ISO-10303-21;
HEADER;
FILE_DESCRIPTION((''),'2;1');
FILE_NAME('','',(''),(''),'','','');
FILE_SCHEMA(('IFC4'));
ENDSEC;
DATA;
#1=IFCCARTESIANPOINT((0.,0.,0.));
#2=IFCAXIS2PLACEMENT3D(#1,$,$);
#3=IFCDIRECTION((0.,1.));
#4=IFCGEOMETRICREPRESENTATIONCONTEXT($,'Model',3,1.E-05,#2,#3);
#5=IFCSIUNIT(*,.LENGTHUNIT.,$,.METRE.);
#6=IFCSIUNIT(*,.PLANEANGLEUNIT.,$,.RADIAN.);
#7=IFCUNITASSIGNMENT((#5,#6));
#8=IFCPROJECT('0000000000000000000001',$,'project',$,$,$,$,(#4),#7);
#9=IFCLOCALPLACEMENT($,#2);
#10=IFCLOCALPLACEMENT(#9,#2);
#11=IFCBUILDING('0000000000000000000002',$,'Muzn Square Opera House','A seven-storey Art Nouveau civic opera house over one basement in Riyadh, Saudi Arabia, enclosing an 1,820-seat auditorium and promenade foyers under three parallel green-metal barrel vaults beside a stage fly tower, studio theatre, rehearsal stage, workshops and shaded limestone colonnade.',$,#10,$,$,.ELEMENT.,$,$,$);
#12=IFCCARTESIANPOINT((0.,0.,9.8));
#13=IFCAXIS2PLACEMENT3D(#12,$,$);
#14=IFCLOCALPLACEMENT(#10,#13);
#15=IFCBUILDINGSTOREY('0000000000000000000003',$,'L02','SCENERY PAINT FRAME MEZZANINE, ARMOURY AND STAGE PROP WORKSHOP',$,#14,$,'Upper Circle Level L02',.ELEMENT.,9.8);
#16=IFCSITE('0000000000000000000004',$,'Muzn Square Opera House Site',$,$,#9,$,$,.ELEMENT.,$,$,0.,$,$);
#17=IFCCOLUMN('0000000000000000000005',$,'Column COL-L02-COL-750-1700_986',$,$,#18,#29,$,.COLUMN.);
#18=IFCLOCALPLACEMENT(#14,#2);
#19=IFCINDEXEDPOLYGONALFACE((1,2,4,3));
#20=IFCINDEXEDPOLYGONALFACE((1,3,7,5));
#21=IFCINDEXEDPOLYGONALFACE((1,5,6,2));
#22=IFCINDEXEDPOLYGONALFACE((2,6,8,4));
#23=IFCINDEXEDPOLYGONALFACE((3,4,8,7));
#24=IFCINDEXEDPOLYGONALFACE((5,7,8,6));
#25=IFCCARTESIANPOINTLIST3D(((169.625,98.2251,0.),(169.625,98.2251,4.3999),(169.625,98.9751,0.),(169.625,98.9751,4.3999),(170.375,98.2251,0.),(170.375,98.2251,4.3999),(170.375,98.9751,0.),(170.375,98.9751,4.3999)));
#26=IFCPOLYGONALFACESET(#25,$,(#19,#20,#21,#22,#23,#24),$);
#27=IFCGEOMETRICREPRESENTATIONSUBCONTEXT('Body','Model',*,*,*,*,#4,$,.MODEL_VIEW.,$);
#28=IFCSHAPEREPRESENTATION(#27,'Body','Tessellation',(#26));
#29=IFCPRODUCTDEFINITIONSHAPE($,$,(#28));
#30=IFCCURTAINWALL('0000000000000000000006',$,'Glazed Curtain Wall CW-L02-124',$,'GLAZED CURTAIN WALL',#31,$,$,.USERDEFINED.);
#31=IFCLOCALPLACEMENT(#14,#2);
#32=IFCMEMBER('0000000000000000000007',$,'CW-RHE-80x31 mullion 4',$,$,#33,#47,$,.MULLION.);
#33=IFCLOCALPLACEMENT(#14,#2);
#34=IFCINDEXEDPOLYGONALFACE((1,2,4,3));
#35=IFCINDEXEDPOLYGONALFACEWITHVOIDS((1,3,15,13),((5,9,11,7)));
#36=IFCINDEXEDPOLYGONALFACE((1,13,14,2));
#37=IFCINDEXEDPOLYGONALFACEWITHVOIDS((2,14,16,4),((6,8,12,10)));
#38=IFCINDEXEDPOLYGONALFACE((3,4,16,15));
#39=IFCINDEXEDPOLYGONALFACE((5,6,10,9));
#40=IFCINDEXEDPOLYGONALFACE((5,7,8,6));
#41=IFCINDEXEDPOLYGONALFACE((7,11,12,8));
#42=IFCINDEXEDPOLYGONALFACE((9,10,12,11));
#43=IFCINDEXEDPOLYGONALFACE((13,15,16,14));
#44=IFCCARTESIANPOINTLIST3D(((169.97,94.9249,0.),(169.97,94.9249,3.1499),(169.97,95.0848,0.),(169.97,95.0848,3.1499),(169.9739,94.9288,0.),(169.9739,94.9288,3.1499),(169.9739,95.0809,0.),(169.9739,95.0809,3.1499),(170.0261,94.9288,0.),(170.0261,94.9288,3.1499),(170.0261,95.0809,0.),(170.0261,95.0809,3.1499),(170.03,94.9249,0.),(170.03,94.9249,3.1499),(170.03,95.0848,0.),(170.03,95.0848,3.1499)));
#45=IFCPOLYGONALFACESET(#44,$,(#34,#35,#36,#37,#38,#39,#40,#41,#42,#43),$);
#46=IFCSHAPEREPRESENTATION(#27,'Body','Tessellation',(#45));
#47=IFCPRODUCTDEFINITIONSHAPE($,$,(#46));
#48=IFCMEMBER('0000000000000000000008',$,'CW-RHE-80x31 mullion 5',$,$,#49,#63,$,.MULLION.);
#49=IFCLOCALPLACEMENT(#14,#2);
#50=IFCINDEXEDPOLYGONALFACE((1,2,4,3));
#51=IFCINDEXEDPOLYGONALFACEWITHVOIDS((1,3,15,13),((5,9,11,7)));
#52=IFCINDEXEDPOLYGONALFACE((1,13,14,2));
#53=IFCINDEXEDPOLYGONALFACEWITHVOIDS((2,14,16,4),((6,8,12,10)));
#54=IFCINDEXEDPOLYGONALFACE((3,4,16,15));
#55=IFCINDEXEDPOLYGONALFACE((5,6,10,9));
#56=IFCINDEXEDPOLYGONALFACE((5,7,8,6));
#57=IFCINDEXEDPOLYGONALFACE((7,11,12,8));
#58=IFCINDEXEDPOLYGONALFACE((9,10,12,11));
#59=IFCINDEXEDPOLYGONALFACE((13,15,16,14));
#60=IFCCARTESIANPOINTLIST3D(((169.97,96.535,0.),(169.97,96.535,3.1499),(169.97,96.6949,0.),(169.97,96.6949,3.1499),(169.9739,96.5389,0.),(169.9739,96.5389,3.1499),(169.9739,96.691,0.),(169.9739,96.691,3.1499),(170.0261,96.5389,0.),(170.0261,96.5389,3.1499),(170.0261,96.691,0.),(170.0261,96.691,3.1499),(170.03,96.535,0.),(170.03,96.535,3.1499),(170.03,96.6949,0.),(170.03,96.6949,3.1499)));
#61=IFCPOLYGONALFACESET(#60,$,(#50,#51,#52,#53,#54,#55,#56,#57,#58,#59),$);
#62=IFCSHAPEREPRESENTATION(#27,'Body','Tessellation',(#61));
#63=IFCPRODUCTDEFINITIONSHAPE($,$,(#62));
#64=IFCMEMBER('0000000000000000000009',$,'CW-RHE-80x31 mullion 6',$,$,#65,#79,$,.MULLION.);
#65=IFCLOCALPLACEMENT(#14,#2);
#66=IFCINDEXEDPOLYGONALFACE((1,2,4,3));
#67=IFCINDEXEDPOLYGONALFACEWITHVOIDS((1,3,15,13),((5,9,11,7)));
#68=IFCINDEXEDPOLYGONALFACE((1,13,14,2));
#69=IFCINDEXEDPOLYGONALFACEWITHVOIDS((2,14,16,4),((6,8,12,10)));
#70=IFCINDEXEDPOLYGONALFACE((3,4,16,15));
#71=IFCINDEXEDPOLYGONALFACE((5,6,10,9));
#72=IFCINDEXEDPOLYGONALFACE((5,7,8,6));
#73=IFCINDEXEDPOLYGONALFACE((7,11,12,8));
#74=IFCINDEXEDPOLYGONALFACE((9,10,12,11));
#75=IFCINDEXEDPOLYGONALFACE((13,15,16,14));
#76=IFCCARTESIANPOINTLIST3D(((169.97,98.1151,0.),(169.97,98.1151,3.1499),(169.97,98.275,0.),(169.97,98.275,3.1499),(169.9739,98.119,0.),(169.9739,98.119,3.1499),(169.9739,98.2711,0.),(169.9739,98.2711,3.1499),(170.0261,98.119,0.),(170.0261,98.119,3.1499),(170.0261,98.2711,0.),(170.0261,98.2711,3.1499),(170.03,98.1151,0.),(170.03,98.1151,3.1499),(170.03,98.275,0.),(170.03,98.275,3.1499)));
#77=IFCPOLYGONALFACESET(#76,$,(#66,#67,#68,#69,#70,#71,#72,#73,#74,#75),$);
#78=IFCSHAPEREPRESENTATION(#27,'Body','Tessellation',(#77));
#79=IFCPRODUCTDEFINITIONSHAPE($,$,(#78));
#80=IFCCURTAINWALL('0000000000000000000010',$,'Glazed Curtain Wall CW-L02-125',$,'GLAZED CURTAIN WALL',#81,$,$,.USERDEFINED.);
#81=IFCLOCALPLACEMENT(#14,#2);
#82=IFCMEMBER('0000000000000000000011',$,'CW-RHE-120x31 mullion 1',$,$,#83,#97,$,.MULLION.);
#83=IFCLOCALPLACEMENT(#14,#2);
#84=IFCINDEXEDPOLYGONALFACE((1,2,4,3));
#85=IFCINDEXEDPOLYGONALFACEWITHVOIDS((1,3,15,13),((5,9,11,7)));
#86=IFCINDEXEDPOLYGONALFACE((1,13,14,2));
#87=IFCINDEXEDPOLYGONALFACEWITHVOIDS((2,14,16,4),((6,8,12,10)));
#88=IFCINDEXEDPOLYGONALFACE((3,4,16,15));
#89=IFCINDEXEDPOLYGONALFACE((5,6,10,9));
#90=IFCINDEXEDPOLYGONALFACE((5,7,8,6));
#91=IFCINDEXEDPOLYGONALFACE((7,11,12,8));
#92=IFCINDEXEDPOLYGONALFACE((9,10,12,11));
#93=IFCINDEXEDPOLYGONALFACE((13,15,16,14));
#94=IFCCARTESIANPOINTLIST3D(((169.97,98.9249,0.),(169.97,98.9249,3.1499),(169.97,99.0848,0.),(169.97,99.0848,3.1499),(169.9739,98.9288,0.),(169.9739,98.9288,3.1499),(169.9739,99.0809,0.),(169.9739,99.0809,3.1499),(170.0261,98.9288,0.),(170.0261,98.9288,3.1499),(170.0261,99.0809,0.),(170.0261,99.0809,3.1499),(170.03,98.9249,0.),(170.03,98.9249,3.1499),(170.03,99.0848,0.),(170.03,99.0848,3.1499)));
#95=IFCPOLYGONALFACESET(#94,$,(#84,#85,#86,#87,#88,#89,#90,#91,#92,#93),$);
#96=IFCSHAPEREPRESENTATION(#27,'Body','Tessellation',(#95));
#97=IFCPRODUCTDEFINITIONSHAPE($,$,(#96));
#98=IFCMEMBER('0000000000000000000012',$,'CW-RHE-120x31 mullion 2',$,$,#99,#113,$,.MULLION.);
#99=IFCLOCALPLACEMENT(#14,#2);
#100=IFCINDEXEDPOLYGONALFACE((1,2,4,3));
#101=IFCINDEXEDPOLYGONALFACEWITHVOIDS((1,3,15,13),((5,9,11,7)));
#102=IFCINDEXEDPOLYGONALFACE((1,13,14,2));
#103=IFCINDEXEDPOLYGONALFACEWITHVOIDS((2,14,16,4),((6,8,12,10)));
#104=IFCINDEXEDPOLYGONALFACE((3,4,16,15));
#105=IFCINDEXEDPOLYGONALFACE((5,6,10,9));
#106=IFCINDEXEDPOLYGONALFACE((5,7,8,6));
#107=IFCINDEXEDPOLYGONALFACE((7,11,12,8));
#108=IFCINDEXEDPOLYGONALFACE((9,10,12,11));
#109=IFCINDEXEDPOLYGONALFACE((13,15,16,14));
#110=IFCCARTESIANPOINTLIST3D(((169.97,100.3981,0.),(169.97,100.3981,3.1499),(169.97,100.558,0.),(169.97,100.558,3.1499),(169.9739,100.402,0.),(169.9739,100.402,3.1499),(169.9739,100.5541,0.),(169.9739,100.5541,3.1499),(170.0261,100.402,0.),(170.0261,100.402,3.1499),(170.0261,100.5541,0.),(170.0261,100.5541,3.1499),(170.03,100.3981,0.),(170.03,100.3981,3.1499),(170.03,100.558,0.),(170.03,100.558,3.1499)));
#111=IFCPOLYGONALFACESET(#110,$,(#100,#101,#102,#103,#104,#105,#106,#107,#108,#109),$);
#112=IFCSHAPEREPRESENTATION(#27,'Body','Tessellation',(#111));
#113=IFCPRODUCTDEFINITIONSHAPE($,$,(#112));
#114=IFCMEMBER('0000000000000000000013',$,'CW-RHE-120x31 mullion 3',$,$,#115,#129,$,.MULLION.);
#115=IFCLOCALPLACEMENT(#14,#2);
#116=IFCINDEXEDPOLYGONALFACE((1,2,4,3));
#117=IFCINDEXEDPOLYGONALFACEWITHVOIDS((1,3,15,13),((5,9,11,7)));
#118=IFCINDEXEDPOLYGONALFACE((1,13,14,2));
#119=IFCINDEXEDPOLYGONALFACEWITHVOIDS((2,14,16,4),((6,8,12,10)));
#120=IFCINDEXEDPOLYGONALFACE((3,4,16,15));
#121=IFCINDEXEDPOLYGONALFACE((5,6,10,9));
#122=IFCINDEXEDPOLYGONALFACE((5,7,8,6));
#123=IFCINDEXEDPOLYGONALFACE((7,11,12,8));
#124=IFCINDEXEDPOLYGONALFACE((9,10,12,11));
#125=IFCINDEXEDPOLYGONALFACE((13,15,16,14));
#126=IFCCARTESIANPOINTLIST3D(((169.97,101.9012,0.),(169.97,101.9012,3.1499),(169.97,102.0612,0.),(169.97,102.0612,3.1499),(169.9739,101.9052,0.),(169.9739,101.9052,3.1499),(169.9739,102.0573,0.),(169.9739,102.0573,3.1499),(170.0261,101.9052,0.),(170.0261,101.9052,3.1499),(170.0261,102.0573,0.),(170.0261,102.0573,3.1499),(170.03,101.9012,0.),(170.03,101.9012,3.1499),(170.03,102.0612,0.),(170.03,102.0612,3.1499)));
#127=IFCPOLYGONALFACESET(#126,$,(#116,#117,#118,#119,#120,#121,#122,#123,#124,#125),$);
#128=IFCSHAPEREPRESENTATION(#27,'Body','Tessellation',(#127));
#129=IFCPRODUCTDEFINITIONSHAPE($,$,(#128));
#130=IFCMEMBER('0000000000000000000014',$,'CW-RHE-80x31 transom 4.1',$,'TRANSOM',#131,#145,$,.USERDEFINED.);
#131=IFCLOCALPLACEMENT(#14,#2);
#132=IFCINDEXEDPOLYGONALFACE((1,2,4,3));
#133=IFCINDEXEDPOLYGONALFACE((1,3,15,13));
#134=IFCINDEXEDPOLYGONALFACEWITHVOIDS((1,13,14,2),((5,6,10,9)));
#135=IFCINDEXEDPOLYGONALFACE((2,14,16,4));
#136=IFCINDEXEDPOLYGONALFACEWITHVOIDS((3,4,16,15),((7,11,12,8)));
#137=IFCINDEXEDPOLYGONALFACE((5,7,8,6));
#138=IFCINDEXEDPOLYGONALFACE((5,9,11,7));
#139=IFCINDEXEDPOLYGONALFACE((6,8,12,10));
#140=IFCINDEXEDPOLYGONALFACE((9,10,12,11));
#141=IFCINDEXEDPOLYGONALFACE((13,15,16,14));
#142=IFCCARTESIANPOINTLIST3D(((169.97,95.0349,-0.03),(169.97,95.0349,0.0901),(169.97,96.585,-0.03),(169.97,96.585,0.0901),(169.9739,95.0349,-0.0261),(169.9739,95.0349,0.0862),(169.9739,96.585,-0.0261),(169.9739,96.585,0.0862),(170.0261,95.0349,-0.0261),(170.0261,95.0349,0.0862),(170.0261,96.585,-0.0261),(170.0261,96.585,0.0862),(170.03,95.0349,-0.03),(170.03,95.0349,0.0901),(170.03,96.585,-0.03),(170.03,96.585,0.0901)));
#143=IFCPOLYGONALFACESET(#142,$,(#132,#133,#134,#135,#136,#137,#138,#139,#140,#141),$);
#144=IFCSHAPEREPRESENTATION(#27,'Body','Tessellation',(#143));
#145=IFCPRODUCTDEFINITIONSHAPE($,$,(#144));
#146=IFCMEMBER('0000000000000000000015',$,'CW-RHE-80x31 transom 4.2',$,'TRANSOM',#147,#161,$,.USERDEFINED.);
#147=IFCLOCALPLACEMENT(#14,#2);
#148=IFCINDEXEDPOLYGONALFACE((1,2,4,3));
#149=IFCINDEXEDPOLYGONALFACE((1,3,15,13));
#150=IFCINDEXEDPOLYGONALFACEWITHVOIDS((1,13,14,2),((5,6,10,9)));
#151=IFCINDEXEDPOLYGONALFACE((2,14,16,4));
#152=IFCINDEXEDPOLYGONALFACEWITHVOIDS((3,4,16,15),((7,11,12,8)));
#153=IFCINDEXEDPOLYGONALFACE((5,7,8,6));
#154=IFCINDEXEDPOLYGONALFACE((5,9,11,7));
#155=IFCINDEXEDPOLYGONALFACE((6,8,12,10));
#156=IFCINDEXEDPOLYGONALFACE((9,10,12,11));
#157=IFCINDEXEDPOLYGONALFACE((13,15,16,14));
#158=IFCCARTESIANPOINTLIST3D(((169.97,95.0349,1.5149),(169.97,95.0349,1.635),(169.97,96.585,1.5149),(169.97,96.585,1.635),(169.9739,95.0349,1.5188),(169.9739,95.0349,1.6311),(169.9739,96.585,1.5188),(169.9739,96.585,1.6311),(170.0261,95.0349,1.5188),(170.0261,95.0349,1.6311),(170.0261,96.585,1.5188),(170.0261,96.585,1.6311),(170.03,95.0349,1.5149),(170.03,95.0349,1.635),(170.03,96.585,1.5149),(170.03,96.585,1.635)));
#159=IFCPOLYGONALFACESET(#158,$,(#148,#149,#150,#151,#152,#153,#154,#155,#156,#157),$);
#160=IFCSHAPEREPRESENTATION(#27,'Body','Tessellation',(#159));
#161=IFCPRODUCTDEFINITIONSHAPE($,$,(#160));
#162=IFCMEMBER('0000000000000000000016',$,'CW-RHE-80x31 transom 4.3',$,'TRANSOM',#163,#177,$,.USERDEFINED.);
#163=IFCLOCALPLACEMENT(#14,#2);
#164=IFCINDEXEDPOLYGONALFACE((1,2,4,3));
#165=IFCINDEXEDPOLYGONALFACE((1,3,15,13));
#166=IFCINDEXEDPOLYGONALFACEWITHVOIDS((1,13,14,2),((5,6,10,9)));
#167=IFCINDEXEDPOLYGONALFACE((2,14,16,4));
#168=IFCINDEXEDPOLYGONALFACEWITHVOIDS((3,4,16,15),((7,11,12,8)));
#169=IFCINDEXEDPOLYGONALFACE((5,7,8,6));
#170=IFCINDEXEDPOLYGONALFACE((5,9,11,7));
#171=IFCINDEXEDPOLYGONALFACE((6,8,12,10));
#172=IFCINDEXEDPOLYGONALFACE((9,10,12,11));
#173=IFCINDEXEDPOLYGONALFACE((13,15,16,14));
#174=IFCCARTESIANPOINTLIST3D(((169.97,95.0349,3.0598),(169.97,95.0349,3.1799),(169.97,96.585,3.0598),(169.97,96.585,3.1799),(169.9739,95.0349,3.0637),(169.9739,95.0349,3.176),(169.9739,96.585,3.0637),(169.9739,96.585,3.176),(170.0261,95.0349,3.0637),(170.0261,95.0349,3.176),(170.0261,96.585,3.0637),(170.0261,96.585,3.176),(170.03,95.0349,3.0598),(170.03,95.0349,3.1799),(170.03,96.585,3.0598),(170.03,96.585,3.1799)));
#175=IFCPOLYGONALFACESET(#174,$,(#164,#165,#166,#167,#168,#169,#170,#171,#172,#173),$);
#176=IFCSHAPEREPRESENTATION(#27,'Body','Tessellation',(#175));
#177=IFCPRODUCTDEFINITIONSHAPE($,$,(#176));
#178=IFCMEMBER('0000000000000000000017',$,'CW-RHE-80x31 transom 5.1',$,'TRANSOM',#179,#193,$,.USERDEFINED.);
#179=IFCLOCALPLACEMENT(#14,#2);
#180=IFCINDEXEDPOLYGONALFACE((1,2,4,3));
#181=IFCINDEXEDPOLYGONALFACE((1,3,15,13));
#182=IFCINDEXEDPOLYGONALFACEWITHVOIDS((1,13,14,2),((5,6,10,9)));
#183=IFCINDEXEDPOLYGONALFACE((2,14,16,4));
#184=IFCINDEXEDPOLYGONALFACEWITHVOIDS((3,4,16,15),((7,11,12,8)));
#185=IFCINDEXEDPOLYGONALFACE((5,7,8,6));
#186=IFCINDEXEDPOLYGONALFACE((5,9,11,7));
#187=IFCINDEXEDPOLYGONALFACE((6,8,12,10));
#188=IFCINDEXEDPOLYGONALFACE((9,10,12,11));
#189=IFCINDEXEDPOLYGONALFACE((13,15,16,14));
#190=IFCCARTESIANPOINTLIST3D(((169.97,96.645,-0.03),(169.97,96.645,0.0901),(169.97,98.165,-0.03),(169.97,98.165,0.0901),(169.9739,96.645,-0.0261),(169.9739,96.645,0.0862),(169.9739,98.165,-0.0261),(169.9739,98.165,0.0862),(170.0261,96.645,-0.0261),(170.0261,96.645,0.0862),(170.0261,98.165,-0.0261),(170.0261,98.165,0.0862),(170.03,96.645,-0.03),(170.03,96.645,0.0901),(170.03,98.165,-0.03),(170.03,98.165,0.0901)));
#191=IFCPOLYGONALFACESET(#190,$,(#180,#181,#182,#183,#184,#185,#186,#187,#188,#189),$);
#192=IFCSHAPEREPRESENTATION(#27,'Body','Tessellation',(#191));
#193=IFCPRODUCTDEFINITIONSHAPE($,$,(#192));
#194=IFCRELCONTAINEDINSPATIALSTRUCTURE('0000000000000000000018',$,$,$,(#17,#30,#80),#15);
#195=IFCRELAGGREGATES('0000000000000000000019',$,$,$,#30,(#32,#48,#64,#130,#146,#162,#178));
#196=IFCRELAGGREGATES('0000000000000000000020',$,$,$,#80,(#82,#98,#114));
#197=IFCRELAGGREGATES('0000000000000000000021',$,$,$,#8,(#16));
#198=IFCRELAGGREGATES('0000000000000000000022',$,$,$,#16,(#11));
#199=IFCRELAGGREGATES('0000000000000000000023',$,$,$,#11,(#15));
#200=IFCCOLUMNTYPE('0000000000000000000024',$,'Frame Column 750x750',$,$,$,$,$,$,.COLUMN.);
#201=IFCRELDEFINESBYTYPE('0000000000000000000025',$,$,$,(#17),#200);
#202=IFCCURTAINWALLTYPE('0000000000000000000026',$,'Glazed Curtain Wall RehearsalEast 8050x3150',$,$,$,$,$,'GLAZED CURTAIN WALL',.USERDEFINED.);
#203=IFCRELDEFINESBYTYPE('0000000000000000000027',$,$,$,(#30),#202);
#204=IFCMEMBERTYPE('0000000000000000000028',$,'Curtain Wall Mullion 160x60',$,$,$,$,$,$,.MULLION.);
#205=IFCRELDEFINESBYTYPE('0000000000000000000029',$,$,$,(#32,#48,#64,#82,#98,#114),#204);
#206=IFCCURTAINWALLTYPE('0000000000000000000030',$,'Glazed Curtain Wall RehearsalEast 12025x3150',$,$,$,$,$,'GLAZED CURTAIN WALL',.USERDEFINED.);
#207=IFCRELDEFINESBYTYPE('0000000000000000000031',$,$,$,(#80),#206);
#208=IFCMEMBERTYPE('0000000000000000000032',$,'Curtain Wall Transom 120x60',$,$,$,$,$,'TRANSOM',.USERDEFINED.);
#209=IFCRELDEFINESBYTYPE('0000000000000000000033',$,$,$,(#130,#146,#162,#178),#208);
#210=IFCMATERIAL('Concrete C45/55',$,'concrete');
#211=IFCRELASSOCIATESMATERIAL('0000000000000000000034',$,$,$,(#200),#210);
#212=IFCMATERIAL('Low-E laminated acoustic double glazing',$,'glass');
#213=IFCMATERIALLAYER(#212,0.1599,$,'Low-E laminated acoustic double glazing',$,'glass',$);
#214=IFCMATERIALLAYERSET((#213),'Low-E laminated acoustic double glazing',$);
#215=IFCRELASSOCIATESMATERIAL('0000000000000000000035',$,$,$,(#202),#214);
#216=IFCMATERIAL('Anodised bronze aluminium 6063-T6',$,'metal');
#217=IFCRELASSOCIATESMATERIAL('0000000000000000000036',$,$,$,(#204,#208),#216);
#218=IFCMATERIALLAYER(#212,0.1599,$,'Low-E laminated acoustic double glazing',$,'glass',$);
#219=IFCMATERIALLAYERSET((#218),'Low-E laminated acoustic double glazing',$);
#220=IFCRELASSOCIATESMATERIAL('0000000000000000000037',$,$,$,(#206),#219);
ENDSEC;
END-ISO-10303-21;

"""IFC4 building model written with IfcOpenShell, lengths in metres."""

from ifc_helpers import new_model, si_unit, direction, frame, origin, origin_2d, place, context, subcontext, project, spatial, rectangle, hollow_rectangle, extrude, material, layer, layer_set, material_profile, profile_set, type_object, element, aggregate, save


model = new_model("IFC4")

# Units and contexts
model_context = context("Model", 3, precision=1e-05, world=origin(), true_north=direction((0.0, 1.0)))
body_context = subcontext(model_context, "Body", "Model", "MODEL_VIEW")
ifc_project = project(units=[si_unit("LENGTHUNIT", "METRE"), si_unit("PLANEANGLEUNIT", "RADIAN")], contexts=[model_context])

# Site, building, storey
site_placement = place(None, origin())
site = spatial("IfcSite", under=ifc_project, at=site_placement, Name="Muzn Square Opera House Site", CompositionType="ELEMENT", RefElevation=0.0)
building_placement = place(site_placement, origin())
building = spatial("IfcBuilding", under=site, at=building_placement, Name="Muzn Square Opera House", Description="A seven-storey Art Nouveau civic opera house over one basement in Riyadh, Saudi Arabia, enclosing an 1,820-seat auditorium and promenade foyers under three parallel green-metal barrel vaults beside a stage fly tower, studio theatre, rehearsal stage, workshops and shaded limestone colonnade.", CompositionType="ELEMENT")
storey_placement = place(building_placement, frame((0.0, 0.0, 9.8)))
storey = spatial("IfcBuildingStorey", under=building, at=storey_placement, Name="L02", Description="SCENERY PAINT FRAME MEZZANINE, ARMOURY AND STAGE PROP WORKSHOP", LongName="Upper Circle Level L02", CompositionType="ELEMENT", Elevation=9.8)

# Column
ifc_material_1 = material(Name="Concrete C45/55", Category="concrete")
ifc_material_profile_1 = material_profile(ifc_material_1, rectangle(XDim=0.75, YDim=0.75, at=origin_2d()), Name="RC 750x750", Category="concrete")
ifc_profile_set_1 = profile_set([ifc_material_profile_1], Name="Concrete C45/55")
column_type = type_object("IfcColumnType", Name="Frame Column 750x750", PredefinedType="COLUMN", material=ifc_profile_set_1)
column_placement = place(storey_placement, frame((170.0, 98.6001, 0.0), z_axis=(0.0, 0.0, 1.0), x_axis=(1.0, 0.0, 0.0)))
element("IfcColumn", 1, at=column_placement, inside=storey, type_object=column_type, Name="Column COL-L02-COL-750-1700_986", PredefinedType="COLUMN", context=body_context, shape_type="SweptSolid", body=[
    extrude(rectangle(XDim=0.75, YDim=0.75, at=origin_2d()), origin(), (0.0, 0.0, 1.0), 4.3999),
])

# Curtain walls, members
ifc_material_2 = material(Name="Low-E laminated acoustic double glazing", Category="glass")
ifc_layer_1 = layer(ifc_material_2, 0.1599, Name="Low-E laminated acoustic double glazing", Category="glass")
ifc_layer_set_1 = layer_set([ifc_layer_1], Name="Low-E laminated acoustic double glazing")
curtain_wall_type_1 = type_object("IfcCurtainWallType", Name="Glazed Curtain Wall RehearsalEast 8050x3150", ElementType="GLAZED CURTAIN WALL", PredefinedType="USERDEFINED", material=ifc_layer_set_1)
curtain_wall_1_placement = place(storey_placement, origin())
curtain_wall_1 = element("IfcCurtainWall", 2, at=curtain_wall_1_placement, inside=storey, type_object=curtain_wall_type_1, Name="Glazed Curtain Wall CW-L02-124", ObjectType="GLAZED CURTAIN WALL", PredefinedType="USERDEFINED")
ifc_material_3 = material(Name="Anodised bronze aluminium 6063-T6", Category="metal")
ifc_material_profile_2 = material_profile(ifc_material_3, hollow_rectangle(XDim=0.0601, YDim=0.1599, WallThickness=0.0039, at=origin_2d()), Name="ALU 160x60x4", Category="metal")
ifc_profile_set_2 = profile_set([ifc_material_profile_2], Name="Anodised bronze aluminium 6063-T6")
member_type_1 = type_object("IfcMemberType", Name="Curtain Wall Mullion 160x60", PredefinedType="MULLION", material=ifc_profile_set_2)
member_1_placement = place(storey_placement, frame((170.0, 95.0049, 0.0), z_axis=(0.0, 0.0, 1.0), x_axis=(-1.0, 0.0, 0.0)))
member_1 = element("IfcMember", 3, at=member_1_placement, type_object=member_type_1, Name="CW-RHE-80x31 mullion 4", PredefinedType="MULLION", context=body_context, shape_type="SweptSolid", body=[
    extrude(hollow_rectangle(XDim=0.0601, YDim=0.1599, WallThickness=0.0039, at=origin_2d()), origin(), (0.0, 0.0, 1.0), 3.1499),
])
member_2_placement = place(storey_placement, frame((170.0, 96.615, 0.0), z_axis=(0.0, 0.0, 1.0), x_axis=(-1.0, 0.0, 0.0)))
member_2 = element("IfcMember", 4, at=member_2_placement, type_object=member_type_1, Name="CW-RHE-80x31 mullion 5", PredefinedType="MULLION", context=body_context, shape_type="SweptSolid", body=[
    extrude(hollow_rectangle(XDim=0.0601, YDim=0.1599, WallThickness=0.0039, at=origin_2d()), origin(), (0.0, 0.0, 1.0), 3.1499),
])
member_3_placement = place(storey_placement, frame((170.0, 98.1951, 0.0), z_axis=(0.0, 0.0, 1.0), x_axis=(-1.0, 0.0, 0.0)))
member_3 = element("IfcMember", 5, at=member_3_placement, type_object=member_type_1, Name="CW-RHE-80x31 mullion 6", PredefinedType="MULLION", context=body_context, shape_type="SweptSolid", body=[
    extrude(hollow_rectangle(XDim=0.0601, YDim=0.1599, WallThickness=0.0039, at=origin_2d()), origin(), (0.0, 0.0, 1.0), 3.1499),
])
ifc_layer_2 = layer(ifc_material_2, 0.1599, Name="Low-E laminated acoustic double glazing", Category="glass")
ifc_layer_set_2 = layer_set([ifc_layer_2], Name="Low-E laminated acoustic double glazing")
curtain_wall_type_2 = type_object("IfcCurtainWallType", Name="Glazed Curtain Wall RehearsalEast 12025x3150", ElementType="GLAZED CURTAIN WALL", PredefinedType="USERDEFINED", material=ifc_layer_set_2)
curtain_wall_2_placement = place(storey_placement, origin())
curtain_wall_2 = element("IfcCurtainWall", 6, at=curtain_wall_2_placement, inside=storey, type_object=curtain_wall_type_2, Name="Glazed Curtain Wall CW-L02-125", ObjectType="GLAZED CURTAIN WALL", PredefinedType="USERDEFINED")
member_4_placement = place(storey_placement, frame((170.0, 99.0049, 0.0), z_axis=(0.0, 0.0, 1.0), x_axis=(-1.0, 0.0, 0.0)))
member_4 = element("IfcMember", 7, at=member_4_placement, type_object=member_type_1, Name="CW-RHE-120x31 mullion 1", PredefinedType="MULLION", context=body_context, shape_type="SweptSolid", body=[
    extrude(hollow_rectangle(XDim=0.0601, YDim=0.1599, WallThickness=0.0039, at=origin_2d()), origin(), (0.0, 0.0, 1.0), 3.1499),
])
member_5_placement = place(storey_placement, frame((170.0, 100.478, 0.0), z_axis=(0.0, 0.0, 1.0), x_axis=(-1.0, 0.0, 0.0)))
member_5 = element("IfcMember", 8, at=member_5_placement, type_object=member_type_1, Name="CW-RHE-120x31 mullion 2", PredefinedType="MULLION", context=body_context, shape_type="SweptSolid", body=[
    extrude(hollow_rectangle(XDim=0.0601, YDim=0.1599, WallThickness=0.0039, at=origin_2d()), origin(), (0.0, 0.0, 1.0), 3.1499),
])
member_6_placement = place(storey_placement, frame((170.0, 101.9812, 0.0), z_axis=(0.0, 0.0, 1.0), x_axis=(-1.0, 0.0, 0.0)))
member_6 = element("IfcMember", 9, at=member_6_placement, type_object=member_type_1, Name="CW-RHE-120x31 mullion 3", PredefinedType="MULLION", context=body_context, shape_type="SweptSolid", body=[
    extrude(hollow_rectangle(XDim=0.0601, YDim=0.1599, WallThickness=0.0039, at=origin_2d()), origin(), (0.0, 0.0, 1.0), 3.1499),
])

# Members
ifc_material_profile_3 = material_profile(ifc_material_3, hollow_rectangle(XDim=0.0601, YDim=0.1201, WallThickness=0.0039, at=origin_2d()), Name="ALU 120x60x4", Category="metal")
ifc_profile_set_3 = profile_set([ifc_material_profile_3], Name="Anodised bronze aluminium 6063-T6")
member_type_2 = type_object("IfcMemberType", Name="Curtain Wall Transom 120x60", ElementType="TRANSOM", PredefinedType="USERDEFINED", material=ifc_profile_set_3)
member_7_placement = place(storey_placement, frame((170.0, 95.0349, 0.03), z_axis=(0.0, 1.0, 0.0), x_axis=(-1.0, 0.0, 0.0)))
member_7 = element("IfcMember", 10, at=member_7_placement, type_object=member_type_2, Name="CW-RHE-80x31 transom 4.1", ObjectType="TRANSOM", PredefinedType="USERDEFINED", context=body_context, shape_type="SweptSolid", body=[
    extrude(hollow_rectangle(XDim=0.0601, YDim=0.1201, WallThickness=0.0039, at=origin_2d()), origin(), (0.0, 0.0, 1.0), 1.55),
])
member_8_placement = place(storey_placement, frame((170.0, 95.0349, 1.575), z_axis=(0.0, 1.0, 0.0), x_axis=(-1.0, 0.0, 0.0)))
member_8 = element("IfcMember", 11, at=member_8_placement, type_object=member_type_2, Name="CW-RHE-80x31 transom 4.2", ObjectType="TRANSOM", PredefinedType="USERDEFINED", context=body_context, shape_type="SweptSolid", body=[
    extrude(hollow_rectangle(XDim=0.0601, YDim=0.1201, WallThickness=0.0039, at=origin_2d()), origin(), (0.0, 0.0, 1.0), 1.55),
])
member_9_placement = place(storey_placement, frame((170.0, 95.0349, 3.1199), z_axis=(0.0, 1.0, 0.0), x_axis=(-1.0, 0.0, 0.0)))
member_9 = element("IfcMember", 12, at=member_9_placement, type_object=member_type_2, Name="CW-RHE-80x31 transom 4.3", ObjectType="TRANSOM", PredefinedType="USERDEFINED", context=body_context, shape_type="SweptSolid", body=[
    extrude(hollow_rectangle(XDim=0.0601, YDim=0.1201, WallThickness=0.0039, at=origin_2d()), origin(), (0.0, 0.0, 1.0), 1.55),
])
member_10_placement = place(storey_placement, frame((170.0, 96.645, 0.03), z_axis=(0.0, 1.0, 0.0), x_axis=(-1.0, 0.0, 0.0)))
member_10 = element("IfcMember", 13, at=member_10_placement, type_object=member_type_2, Name="CW-RHE-80x31 transom 5.1", ObjectType="TRANSOM", PredefinedType="USERDEFINED", context=body_context, shape_type="SweptSolid", body=[
    extrude(hollow_rectangle(XDim=0.0601, YDim=0.1201, WallThickness=0.0039, at=origin_2d()), origin(), (0.0, 0.0, 1.0), 1.52),
])

aggregate(curtain_wall_1, [member_1, member_2, member_3, member_7, member_8, member_9, member_10])
aggregate(curtain_wall_2, [member_4, member_5, member_6])

save(model, "model.ifc")
